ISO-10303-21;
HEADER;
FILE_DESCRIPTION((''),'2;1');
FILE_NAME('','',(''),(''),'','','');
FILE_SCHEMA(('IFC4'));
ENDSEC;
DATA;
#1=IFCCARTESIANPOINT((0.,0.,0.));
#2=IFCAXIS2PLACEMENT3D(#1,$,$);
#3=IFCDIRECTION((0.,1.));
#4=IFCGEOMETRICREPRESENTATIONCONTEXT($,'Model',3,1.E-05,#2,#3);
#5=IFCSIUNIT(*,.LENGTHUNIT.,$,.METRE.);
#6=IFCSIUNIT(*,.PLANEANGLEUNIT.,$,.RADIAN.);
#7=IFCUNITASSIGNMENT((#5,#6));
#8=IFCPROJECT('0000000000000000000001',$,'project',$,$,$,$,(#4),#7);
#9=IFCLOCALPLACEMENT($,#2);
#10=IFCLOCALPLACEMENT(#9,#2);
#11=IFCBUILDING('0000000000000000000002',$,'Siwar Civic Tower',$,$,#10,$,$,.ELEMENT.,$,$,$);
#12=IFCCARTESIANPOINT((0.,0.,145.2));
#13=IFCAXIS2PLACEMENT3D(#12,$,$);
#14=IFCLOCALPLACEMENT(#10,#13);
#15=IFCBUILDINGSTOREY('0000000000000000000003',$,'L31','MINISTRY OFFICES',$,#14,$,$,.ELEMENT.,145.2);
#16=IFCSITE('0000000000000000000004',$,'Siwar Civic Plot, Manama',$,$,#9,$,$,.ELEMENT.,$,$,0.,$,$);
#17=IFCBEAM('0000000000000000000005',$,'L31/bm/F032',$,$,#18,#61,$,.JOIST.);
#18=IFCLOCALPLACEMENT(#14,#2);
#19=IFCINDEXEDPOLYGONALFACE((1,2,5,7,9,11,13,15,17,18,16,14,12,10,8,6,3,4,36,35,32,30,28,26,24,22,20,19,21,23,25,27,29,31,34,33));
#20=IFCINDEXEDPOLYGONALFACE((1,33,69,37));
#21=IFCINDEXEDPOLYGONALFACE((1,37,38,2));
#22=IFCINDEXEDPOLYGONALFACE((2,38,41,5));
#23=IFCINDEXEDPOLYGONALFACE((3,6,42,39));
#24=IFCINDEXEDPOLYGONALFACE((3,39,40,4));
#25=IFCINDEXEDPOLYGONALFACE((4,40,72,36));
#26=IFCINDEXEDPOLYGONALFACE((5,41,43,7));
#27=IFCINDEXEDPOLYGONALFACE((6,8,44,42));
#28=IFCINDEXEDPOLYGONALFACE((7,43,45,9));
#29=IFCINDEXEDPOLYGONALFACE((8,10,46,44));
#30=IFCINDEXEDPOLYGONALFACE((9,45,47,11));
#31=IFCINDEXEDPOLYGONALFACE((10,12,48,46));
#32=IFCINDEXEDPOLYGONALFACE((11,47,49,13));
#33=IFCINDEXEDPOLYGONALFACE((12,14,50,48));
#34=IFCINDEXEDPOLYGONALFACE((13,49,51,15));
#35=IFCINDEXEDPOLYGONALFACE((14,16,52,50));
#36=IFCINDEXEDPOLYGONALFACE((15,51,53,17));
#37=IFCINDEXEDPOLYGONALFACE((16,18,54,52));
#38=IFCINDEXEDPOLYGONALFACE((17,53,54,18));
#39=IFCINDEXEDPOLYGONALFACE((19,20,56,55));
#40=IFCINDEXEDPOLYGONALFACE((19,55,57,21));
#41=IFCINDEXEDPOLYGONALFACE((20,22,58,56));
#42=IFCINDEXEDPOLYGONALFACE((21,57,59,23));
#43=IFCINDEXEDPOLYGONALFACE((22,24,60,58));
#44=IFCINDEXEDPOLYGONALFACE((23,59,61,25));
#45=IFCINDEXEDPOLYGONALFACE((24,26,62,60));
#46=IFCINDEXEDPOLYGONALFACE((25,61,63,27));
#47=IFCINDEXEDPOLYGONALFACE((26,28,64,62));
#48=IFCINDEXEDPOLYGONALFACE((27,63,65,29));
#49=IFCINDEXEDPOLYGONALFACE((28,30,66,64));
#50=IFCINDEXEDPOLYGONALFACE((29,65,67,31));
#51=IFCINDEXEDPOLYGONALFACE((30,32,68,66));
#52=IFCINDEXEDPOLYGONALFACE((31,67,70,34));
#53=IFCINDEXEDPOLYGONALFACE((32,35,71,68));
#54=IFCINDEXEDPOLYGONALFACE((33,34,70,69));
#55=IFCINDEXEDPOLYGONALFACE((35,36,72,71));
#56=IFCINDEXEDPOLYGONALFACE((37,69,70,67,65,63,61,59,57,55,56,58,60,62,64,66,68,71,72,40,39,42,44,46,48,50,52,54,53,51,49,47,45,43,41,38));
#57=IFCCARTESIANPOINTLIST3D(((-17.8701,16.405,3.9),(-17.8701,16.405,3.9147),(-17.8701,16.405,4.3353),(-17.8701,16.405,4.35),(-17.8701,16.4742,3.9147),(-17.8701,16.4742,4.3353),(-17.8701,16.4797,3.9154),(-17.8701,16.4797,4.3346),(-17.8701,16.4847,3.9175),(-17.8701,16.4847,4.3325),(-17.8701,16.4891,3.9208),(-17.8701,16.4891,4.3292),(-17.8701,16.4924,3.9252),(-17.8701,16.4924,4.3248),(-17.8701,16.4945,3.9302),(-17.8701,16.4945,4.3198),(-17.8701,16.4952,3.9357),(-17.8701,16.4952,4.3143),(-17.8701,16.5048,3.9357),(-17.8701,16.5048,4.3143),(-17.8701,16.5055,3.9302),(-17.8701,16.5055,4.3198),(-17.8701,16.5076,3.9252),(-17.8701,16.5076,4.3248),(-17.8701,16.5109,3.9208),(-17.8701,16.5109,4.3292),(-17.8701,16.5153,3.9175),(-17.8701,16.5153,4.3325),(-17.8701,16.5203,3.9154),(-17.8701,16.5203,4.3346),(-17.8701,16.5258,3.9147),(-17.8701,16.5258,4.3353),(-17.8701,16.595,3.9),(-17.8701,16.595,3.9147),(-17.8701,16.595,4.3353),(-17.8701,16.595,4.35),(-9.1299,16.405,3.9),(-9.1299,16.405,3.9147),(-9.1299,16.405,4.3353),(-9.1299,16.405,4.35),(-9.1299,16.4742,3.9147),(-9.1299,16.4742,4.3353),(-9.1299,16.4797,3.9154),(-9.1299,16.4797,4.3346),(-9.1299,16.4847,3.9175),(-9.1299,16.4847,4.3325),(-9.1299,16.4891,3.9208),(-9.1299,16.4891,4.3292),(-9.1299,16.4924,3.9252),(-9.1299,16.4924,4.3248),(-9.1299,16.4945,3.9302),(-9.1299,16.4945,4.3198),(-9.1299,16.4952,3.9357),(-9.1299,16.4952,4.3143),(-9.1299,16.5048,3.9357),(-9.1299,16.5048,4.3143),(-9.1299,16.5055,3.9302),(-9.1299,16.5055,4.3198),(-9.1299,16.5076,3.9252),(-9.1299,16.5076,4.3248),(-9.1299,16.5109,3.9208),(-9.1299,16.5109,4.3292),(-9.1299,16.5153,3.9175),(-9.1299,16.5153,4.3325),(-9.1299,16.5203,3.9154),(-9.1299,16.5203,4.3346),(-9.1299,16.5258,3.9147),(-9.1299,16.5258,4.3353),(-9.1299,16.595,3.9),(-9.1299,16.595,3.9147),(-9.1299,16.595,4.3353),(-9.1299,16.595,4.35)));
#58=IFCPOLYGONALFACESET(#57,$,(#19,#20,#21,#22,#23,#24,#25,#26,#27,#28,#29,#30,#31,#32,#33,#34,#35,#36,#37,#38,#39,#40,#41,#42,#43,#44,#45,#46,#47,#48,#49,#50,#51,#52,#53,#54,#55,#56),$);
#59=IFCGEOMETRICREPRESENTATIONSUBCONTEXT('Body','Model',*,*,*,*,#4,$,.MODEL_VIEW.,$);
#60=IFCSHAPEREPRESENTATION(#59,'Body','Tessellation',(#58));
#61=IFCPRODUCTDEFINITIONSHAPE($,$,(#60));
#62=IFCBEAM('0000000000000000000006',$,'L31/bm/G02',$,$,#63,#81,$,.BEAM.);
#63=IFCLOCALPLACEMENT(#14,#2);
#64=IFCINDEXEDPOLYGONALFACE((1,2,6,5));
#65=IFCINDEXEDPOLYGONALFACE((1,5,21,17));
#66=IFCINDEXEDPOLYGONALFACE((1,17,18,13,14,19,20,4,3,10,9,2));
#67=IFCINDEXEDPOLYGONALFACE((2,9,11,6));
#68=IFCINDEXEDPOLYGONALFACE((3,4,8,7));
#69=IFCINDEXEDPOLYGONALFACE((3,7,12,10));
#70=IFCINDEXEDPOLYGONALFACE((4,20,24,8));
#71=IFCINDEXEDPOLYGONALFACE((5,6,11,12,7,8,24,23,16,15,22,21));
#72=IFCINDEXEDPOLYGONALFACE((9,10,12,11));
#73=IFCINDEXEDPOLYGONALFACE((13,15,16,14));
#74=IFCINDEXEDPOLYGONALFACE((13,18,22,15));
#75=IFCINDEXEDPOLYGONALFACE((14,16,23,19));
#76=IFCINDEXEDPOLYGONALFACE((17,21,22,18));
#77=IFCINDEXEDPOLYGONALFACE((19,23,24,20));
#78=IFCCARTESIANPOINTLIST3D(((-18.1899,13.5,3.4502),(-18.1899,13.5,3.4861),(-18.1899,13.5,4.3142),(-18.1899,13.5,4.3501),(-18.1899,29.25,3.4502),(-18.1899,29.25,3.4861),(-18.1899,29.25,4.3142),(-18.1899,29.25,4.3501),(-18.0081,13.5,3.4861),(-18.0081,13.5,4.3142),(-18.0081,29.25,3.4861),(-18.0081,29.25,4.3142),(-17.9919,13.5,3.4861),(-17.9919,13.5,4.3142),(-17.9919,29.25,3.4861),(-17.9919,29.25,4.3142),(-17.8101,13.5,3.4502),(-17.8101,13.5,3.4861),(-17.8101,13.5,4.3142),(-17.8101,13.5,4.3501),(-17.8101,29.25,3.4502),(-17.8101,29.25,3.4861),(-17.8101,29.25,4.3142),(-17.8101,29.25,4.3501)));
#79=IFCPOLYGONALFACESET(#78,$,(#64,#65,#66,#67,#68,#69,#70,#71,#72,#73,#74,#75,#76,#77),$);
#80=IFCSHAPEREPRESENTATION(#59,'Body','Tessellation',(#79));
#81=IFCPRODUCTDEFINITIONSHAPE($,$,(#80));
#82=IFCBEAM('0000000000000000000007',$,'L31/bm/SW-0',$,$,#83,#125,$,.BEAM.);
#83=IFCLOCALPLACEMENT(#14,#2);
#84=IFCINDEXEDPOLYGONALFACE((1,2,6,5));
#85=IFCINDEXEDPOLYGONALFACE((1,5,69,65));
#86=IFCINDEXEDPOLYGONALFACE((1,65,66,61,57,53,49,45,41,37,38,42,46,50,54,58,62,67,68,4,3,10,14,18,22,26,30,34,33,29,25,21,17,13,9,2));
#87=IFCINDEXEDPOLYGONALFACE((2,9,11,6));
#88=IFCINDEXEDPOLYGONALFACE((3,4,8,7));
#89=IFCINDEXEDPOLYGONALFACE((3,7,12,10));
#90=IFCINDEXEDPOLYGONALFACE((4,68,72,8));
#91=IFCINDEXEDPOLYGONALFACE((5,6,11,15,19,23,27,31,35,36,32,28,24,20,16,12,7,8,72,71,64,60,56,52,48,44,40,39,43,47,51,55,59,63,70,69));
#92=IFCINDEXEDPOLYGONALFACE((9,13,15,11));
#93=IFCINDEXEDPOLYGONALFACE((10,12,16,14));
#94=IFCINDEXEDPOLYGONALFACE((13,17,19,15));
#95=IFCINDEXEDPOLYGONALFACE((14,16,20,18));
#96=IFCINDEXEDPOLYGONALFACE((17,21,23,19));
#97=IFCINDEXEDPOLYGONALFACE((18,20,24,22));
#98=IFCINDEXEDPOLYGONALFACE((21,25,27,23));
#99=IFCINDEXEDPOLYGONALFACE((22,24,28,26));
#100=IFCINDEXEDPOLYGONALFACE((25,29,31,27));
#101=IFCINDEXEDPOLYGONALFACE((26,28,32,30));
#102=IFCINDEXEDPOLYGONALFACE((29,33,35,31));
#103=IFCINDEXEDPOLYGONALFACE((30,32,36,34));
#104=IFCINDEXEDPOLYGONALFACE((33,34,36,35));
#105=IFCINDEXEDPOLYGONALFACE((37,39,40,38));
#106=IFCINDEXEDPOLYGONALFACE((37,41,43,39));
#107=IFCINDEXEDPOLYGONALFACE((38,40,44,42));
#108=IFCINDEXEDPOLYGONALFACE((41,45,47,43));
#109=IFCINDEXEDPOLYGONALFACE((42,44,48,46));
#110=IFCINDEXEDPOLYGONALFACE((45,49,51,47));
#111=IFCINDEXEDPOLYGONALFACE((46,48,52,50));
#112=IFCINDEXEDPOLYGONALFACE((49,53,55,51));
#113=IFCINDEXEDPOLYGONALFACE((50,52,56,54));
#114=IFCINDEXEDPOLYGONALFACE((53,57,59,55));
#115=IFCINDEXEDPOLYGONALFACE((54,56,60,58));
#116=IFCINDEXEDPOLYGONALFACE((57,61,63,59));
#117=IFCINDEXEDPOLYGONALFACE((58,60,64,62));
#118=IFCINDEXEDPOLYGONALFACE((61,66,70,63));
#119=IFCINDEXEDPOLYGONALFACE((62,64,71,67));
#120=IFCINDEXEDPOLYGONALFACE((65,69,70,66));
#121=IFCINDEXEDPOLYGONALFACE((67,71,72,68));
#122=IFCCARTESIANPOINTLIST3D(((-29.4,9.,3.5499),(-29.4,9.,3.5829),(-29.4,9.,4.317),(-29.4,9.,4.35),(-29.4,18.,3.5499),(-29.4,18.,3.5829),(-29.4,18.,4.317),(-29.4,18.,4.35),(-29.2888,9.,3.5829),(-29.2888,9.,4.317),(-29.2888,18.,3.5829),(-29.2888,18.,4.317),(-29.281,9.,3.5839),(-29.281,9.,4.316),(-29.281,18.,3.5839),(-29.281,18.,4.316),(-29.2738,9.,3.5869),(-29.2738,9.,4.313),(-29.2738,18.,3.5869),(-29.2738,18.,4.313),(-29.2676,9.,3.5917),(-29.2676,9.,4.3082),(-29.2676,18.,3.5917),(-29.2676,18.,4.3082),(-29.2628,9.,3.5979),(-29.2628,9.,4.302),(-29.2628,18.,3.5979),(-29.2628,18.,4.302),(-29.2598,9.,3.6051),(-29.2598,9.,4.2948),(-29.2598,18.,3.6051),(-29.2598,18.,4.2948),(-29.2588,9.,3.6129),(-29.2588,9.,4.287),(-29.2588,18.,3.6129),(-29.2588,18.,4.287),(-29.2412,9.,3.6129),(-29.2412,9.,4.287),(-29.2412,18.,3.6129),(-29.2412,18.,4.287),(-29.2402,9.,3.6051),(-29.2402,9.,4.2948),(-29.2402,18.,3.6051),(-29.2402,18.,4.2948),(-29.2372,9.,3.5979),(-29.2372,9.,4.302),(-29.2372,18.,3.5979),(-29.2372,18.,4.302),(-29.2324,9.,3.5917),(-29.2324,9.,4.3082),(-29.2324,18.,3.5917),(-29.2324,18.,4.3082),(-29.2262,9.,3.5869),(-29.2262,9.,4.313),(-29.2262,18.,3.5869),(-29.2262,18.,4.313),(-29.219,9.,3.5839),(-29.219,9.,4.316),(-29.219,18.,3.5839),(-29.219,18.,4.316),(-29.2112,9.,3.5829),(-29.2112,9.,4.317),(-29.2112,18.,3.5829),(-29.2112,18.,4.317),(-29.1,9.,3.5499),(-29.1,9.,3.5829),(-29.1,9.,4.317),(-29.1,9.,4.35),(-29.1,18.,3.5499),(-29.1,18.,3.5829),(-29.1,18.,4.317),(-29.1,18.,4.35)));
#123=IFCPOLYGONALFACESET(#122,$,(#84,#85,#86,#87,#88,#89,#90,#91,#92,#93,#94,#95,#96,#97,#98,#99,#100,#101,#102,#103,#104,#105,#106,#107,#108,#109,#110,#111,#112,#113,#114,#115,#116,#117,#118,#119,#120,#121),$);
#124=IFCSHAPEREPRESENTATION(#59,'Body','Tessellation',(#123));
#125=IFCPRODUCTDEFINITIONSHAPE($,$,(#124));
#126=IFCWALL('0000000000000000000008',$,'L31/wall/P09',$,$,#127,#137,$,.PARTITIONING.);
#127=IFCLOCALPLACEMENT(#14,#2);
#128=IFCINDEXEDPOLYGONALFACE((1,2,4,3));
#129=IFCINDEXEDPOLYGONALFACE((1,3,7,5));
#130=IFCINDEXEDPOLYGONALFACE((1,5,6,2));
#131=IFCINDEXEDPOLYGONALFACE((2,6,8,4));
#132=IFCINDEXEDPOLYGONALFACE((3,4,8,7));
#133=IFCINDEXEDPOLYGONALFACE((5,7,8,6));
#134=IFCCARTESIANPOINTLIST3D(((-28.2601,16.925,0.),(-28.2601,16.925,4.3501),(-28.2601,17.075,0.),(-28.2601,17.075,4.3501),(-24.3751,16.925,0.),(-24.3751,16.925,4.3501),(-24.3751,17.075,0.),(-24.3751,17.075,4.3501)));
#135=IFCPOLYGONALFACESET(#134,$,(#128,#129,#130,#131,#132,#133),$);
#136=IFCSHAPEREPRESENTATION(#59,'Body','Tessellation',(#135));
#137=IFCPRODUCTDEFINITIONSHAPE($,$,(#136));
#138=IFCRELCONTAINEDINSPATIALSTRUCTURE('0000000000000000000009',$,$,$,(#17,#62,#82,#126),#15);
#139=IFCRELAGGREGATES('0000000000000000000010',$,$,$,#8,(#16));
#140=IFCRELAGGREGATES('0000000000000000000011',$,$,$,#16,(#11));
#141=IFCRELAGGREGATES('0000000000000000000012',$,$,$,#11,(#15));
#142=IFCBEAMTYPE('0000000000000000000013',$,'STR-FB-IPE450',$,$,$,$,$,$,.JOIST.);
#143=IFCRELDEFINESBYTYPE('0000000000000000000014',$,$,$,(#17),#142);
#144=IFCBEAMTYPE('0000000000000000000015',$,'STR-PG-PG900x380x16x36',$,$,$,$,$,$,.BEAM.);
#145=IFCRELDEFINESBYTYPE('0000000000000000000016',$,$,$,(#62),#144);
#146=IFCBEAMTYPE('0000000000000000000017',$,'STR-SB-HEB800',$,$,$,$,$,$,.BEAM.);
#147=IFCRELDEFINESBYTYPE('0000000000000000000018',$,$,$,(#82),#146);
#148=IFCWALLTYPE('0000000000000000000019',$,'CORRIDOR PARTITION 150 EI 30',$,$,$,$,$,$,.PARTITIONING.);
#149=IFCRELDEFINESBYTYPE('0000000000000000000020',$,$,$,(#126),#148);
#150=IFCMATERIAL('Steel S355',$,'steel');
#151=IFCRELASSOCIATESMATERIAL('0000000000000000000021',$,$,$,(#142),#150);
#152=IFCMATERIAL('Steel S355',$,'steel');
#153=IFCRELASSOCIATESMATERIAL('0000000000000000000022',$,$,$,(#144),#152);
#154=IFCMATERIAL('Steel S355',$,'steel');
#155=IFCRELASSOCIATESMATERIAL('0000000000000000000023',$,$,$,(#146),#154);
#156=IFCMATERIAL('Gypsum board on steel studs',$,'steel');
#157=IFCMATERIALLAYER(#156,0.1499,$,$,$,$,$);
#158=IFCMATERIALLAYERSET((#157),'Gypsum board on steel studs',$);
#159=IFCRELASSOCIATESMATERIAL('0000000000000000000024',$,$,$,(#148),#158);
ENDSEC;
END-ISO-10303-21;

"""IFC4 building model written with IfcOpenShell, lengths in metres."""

from ifc_helpers import new_model, si_unit, direction, frame, frame_2d, origin, origin_2d, place, context, subcontext, project, spatial, rectangle, i_section, extrude, material, layer, layer_set, material_profile, profile_set, type_object, element, save


model = new_model("IFC4")

# Units and contexts
model_context = context("Model", 3, precision=1e-05, world=origin(), true_north=direction((0.0, 1.0)))
body_context = subcontext(model_context, "Body", "Model", "MODEL_VIEW")
ifc_project = project(units=[si_unit("LENGTHUNIT", "METRE"), si_unit("PLANEANGLEUNIT", "RADIAN")], contexts=[model_context])

# Site, building, storey
site_placement = place(None, origin())
site = spatial("IfcSite", under=ifc_project, at=site_placement, Name="Siwar Civic Plot, Manama", CompositionType="ELEMENT", RefElevation=0.0)
building_placement = place(site_placement, origin())
building = spatial("IfcBuilding", under=site, at=building_placement, Name="Siwar Civic Tower", CompositionType="ELEMENT")
storey_placement = place(building_placement, frame((0.0, 0.0, 145.2)))
storey = spatial("IfcBuildingStorey", under=building, at=storey_placement, Name="L31", Description="MINISTRY OFFICES", CompositionType="ELEMENT", Elevation=145.2)

# Beams
ifc_material_1 = material(Name="Steel S355", Category="steel")
ifc_material_profile_1 = material_profile(ifc_material_1, i_section(OverallWidth=0.1899, OverallDepth=0.45, WebThickness=0.0095, FlangeThickness=0.0146, FilletRadius=0.021, at=origin_2d()), Name="IPE450")
ifc_profile_set_1 = profile_set([ifc_material_profile_1], Name="Steel S355")
beam_type_1 = type_object("IfcBeamType", Name="STR-FB-IPE450", PredefinedType="JOIST", material=ifc_profile_set_1)
beam_1_placement = place(storey_placement, frame((-17.8701, 16.5, 4.125), z_axis=(1.0, 0.0, 0.0), x_axis=(0.0, 1.0, 0.0)))
element("IfcBeam", 1, at=beam_1_placement, inside=storey, type_object=beam_type_1, Name="L31/bm/F032", PredefinedType="JOIST", context=body_context, shape_type="SweptSolid", body=[
    extrude(i_section(OverallWidth=0.1899, OverallDepth=0.45, WebThickness=0.0095, FlangeThickness=0.0146, FilletRadius=0.021, at=origin_2d()), origin(), (0.0, 0.0, 1.0), 8.7402),
])
ifc_material_2 = material(Name="Steel S355", Category="steel")
ifc_material_profile_2 = material_profile(ifc_material_2, i_section(OverallWidth=0.3799, OverallDepth=0.8999, WebThickness=0.0161, FlangeThickness=0.0359, at=origin_2d()), Name="PG900x380x16x36")
ifc_profile_set_2 = profile_set([ifc_material_profile_2], Name="Steel S355")
beam_type_2 = type_object("IfcBeamType", Name="STR-PG-PG900x380x16x36", PredefinedType="BEAM", material=ifc_profile_set_2)
beam_2_placement = place(storey_placement, frame((-18.0, 13.5, 3.9001), z_axis=(0.0, 1.0, 0.0), x_axis=(-1.0, 0.0, 0.0)))
element("IfcBeam", 2, at=beam_2_placement, inside=storey, type_object=beam_type_2, Name="L31/bm/G02", PredefinedType="BEAM", context=body_context, shape_type="SweptSolid", body=[
    extrude(i_section(OverallWidth=0.3799, OverallDepth=0.8999, WebThickness=0.0161, FlangeThickness=0.0359, at=origin_2d()), origin(), (0.0, 0.0, 1.0), 15.75),
])
ifc_material_3 = material(Name="Steel S355", Category="steel")
ifc_material_profile_3 = material_profile(ifc_material_3, i_section(OverallWidth=0.3, OverallDepth=0.8, WebThickness=0.0176, FlangeThickness=0.033, FilletRadius=0.03, at=origin_2d()), Name="HEB800")
ifc_profile_set_3 = profile_set([ifc_material_profile_3], Name="Steel S355")
beam_type_3 = type_object("IfcBeamType", Name="STR-SB-HEB800", PredefinedType="BEAM", material=ifc_profile_set_3)
beam_3_placement = place(storey_placement, frame((-29.25, 18.0, 3.95), z_axis=(0.0, -1.0, 0.0), x_axis=(1.0, 0.0, 0.0)))
element("IfcBeam", 3, at=beam_3_placement, inside=storey, type_object=beam_type_3, Name="L31/bm/SW-0", PredefinedType="BEAM", context=body_context, shape_type="SweptSolid", body=[
    extrude(i_section(OverallWidth=0.3, OverallDepth=0.8, WebThickness=0.0176, FlangeThickness=0.033, FilletRadius=0.03, at=origin_2d()), origin(), (0.0, 0.0, 1.0), 9.0),
])

# Wall
ifc_material_4 = material(Name="Gypsum board on steel studs", Category="steel")
ifc_layer_1 = layer(ifc_material_4, 0.1499)
ifc_layer_set_1 = layer_set([ifc_layer_1], Name="Gypsum board on steel studs")
wall_type = type_object("IfcWallType", Name="CORRIDOR PARTITION 150 EI 30", PredefinedType="PARTITIONING", material=ifc_layer_set_1)
wall_1_placement = place(storey_placement, frame((-28.26, 17.0, 0.0), z_axis=(0.0, 0.0, 1.0), x_axis=(1.0, 0.0, 0.0)))
element("IfcWall", 4, at=wall_1_placement, inside=storey, type_object=wall_type, Name="L31/wall/P09", PredefinedType="PARTITIONING", context=body_context, shape_type="SweptSolid", body=[
    extrude(rectangle(XDim=3.885, YDim=0.1499, at=frame_2d((1.9424, 0.0))), origin(), (0.0, 0.0, 1.0), 4.3501),
])

save(model, "model.ifc")
